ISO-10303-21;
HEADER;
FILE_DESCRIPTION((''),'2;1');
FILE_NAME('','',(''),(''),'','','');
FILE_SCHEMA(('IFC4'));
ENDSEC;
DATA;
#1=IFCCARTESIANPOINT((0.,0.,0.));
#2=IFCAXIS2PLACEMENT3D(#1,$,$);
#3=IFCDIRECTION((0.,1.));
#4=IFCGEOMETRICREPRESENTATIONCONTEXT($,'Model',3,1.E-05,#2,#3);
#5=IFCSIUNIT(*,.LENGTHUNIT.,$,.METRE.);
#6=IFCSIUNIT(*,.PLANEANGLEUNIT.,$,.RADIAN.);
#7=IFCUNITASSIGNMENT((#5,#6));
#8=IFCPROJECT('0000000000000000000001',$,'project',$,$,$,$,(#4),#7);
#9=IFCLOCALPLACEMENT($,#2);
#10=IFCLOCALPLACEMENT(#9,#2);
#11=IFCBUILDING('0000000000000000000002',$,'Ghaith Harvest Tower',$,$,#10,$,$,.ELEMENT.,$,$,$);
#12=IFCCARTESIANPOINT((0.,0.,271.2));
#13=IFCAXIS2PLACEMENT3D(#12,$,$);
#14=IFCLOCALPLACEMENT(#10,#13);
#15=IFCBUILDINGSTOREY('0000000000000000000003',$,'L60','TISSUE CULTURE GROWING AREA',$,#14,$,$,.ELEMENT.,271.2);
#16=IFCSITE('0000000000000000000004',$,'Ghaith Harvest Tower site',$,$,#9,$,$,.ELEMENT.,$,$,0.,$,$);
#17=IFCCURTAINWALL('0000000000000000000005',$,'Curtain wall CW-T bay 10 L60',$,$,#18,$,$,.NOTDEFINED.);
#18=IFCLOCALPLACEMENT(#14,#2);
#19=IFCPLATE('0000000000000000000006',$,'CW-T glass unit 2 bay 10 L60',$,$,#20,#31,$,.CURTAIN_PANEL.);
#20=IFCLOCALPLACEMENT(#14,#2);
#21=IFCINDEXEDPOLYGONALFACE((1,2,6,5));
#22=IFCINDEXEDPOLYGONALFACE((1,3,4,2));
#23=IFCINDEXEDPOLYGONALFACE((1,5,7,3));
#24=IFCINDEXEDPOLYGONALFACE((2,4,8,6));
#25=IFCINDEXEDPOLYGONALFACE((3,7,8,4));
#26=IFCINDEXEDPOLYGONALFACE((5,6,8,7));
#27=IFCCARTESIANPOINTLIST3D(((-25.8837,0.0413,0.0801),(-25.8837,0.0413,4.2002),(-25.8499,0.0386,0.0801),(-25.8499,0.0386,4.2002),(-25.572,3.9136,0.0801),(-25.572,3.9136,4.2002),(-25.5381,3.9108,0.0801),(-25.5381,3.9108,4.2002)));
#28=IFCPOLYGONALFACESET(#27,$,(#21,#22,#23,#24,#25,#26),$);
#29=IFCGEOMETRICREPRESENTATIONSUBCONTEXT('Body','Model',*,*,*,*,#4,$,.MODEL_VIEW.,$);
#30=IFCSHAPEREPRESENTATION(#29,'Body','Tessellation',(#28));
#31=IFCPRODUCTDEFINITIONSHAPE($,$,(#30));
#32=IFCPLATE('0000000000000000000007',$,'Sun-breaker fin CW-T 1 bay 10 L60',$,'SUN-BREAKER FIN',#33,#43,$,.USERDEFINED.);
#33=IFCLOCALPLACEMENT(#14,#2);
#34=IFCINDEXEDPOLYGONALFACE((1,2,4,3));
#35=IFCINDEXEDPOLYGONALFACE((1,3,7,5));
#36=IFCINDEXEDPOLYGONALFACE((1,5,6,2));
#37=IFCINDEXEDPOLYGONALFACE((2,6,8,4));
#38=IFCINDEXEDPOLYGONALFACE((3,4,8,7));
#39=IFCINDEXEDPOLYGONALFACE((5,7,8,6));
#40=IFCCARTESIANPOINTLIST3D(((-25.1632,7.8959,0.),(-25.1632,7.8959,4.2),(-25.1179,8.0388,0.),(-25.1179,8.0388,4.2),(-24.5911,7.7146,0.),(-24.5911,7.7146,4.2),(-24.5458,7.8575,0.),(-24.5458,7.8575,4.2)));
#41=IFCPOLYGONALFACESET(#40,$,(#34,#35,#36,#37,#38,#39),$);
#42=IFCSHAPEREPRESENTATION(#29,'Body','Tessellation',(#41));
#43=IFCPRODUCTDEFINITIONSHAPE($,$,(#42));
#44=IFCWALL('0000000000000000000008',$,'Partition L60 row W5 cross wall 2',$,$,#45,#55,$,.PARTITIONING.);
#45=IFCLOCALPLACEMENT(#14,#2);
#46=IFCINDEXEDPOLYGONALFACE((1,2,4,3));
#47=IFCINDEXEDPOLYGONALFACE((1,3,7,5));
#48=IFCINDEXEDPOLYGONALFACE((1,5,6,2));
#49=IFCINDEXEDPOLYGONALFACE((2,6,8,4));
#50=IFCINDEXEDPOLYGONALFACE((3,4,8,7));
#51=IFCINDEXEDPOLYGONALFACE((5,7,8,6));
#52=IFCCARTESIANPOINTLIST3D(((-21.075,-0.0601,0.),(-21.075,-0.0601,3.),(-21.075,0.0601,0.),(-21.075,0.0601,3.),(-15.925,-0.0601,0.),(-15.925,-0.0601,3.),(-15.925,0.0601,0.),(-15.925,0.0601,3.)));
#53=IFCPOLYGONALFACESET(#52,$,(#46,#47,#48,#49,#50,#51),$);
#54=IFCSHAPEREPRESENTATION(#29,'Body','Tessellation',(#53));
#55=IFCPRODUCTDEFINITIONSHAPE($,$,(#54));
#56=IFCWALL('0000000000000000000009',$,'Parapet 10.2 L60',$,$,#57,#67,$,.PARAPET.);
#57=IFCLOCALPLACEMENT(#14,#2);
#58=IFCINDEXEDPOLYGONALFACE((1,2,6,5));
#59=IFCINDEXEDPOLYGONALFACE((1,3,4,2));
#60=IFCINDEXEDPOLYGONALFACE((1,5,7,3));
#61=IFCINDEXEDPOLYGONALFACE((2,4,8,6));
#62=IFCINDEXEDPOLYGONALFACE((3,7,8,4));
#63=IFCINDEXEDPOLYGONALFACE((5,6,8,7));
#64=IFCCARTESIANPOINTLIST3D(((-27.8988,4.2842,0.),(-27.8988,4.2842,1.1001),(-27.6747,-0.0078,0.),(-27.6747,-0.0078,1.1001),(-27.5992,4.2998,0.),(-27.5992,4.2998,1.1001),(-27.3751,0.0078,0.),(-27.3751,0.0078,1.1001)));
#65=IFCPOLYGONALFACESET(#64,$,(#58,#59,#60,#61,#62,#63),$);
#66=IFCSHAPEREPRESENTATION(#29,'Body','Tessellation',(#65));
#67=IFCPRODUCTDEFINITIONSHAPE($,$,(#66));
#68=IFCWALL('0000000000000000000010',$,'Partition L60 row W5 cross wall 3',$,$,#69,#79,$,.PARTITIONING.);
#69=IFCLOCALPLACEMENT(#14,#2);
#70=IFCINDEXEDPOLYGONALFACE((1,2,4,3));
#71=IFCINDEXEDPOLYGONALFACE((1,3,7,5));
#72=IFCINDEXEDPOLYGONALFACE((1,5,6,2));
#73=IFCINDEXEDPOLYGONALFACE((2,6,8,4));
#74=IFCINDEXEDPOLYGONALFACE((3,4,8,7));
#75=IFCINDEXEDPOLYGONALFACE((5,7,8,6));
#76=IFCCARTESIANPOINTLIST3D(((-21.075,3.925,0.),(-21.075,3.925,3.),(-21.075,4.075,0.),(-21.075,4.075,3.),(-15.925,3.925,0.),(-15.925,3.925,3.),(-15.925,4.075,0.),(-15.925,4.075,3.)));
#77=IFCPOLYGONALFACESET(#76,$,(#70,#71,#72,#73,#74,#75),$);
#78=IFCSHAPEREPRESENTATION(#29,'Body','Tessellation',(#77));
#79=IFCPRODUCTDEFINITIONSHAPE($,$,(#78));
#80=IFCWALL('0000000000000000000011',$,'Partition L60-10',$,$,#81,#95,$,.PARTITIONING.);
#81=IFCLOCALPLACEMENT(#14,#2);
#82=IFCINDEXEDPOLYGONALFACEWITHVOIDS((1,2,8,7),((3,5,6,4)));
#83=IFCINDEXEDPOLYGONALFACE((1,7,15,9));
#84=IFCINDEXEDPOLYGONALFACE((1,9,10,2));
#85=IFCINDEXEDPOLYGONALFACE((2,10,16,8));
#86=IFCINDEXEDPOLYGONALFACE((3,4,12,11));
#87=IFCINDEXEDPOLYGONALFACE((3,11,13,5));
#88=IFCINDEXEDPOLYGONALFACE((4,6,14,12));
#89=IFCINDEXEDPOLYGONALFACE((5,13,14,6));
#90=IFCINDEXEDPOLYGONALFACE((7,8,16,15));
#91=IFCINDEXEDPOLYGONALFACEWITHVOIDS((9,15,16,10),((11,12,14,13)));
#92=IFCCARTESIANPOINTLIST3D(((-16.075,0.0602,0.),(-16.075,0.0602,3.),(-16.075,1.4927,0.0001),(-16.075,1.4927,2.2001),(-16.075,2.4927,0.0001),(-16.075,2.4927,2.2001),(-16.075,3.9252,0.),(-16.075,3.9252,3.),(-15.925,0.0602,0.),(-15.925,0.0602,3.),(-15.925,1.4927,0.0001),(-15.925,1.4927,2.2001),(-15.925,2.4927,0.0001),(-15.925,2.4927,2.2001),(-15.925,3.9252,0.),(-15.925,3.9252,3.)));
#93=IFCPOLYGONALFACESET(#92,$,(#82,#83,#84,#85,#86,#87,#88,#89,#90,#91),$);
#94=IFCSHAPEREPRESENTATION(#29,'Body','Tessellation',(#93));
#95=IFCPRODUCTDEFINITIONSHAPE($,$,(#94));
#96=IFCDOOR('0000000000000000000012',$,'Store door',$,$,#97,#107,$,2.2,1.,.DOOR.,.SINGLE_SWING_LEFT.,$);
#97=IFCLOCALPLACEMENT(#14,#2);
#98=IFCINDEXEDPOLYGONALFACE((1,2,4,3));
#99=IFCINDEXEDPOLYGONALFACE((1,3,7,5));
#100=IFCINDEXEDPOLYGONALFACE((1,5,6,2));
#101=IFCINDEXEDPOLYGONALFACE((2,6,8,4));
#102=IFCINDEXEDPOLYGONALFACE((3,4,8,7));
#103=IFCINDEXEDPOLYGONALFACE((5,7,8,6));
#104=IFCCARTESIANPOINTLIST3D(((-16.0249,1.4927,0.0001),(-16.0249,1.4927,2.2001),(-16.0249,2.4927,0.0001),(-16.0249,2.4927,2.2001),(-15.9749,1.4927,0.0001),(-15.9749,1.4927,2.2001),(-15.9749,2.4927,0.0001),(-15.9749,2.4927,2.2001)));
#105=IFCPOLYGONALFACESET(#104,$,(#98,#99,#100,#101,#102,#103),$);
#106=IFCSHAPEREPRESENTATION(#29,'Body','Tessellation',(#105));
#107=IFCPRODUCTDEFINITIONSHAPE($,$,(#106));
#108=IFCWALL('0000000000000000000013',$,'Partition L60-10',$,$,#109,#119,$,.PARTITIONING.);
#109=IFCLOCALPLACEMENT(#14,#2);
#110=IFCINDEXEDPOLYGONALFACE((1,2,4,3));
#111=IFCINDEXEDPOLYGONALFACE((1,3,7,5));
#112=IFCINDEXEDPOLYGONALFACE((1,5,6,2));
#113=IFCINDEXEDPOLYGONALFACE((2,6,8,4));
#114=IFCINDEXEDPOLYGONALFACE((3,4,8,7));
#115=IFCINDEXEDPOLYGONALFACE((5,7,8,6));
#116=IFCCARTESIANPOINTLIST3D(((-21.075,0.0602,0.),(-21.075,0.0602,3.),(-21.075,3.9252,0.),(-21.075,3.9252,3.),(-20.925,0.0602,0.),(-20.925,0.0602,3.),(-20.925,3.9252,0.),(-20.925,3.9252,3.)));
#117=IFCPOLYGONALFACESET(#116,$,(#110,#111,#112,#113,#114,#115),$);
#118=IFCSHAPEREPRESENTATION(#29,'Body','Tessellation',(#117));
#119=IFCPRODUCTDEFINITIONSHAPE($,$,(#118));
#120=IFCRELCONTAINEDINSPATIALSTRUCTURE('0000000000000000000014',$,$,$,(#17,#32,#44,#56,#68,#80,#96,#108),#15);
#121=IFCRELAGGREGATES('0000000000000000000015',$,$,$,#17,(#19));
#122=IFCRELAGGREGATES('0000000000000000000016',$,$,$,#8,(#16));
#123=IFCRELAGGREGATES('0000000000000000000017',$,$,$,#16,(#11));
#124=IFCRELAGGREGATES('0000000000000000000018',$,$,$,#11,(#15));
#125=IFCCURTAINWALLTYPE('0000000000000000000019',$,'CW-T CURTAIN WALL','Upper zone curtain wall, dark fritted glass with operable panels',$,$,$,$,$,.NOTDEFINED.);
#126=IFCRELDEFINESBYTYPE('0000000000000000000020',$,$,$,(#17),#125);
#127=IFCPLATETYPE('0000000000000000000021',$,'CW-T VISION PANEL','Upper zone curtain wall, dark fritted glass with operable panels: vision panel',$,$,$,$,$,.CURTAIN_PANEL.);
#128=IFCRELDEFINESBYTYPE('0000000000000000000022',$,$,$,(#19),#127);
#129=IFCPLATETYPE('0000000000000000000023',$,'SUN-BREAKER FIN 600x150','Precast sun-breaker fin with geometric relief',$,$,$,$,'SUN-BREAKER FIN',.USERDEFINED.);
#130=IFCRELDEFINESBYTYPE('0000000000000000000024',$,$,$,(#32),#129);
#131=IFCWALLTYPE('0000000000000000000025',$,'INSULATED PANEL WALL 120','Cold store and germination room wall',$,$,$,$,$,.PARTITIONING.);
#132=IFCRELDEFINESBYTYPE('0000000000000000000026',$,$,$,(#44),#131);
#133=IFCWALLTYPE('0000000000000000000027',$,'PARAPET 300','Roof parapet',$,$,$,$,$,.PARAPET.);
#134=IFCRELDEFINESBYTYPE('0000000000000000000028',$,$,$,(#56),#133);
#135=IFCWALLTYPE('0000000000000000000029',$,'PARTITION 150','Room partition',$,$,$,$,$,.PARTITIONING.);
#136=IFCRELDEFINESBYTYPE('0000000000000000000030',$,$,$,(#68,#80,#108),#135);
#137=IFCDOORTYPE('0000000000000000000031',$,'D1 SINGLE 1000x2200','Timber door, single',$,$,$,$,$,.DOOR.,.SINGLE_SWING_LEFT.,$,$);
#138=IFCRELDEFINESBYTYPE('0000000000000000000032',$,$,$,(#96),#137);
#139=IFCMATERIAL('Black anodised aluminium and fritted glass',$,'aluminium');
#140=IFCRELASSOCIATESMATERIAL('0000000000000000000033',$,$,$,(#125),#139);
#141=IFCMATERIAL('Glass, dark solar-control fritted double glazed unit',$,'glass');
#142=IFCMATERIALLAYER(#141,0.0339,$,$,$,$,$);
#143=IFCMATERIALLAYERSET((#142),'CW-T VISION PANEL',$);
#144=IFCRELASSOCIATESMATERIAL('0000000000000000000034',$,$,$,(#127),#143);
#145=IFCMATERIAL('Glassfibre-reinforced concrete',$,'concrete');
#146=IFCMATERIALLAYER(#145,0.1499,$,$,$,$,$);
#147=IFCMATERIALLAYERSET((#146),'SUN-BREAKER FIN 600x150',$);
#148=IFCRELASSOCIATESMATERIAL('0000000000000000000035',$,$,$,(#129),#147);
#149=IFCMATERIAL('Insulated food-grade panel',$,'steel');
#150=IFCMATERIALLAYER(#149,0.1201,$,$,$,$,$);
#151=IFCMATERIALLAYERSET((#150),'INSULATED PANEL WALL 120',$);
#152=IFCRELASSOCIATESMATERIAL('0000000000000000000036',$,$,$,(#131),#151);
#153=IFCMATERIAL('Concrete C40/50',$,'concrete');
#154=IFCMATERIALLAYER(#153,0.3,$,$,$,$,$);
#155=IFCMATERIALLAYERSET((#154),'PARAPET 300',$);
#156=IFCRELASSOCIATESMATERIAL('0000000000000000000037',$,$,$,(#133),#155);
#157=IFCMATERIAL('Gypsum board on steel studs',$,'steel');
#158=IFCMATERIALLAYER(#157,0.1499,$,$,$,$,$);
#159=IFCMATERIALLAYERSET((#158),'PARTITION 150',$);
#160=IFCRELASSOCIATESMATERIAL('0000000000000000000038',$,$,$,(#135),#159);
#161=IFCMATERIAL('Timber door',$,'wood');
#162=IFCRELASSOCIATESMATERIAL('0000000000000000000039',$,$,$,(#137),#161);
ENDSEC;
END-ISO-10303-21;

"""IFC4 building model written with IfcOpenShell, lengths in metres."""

from ifc_helpers import new_model, si_unit, direction, frame, frame_2d, origin, origin_2d, place, context, subcontext, project, spatial, rectangle, extrude, material, layer, layer_set, type_object, element, fill, aggregate, save


model = new_model("IFC4")

# Units and contexts
model_context = context("Model", 3, precision=1e-05, world=origin(), true_north=direction((0.0, 1.0)))
body_context = subcontext(model_context, "Body", "Model", "MODEL_VIEW")
ifc_project = project(units=[si_unit("LENGTHUNIT", "METRE"), si_unit("PLANEANGLEUNIT", "RADIAN")], contexts=[model_context])

# Site, building, storey
site_placement = place(None, origin())
site = spatial("IfcSite", under=ifc_project, at=site_placement, Name="Ghaith Harvest Tower site", CompositionType="ELEMENT", RefElevation=0.0)
building_placement = place(site_placement, origin())
building = spatial("IfcBuilding", under=site, at=building_placement, Name="Ghaith Harvest Tower", CompositionType="ELEMENT")
storey_placement = place(building_placement, frame((0.0, 0.0, 271.2)))
storey = spatial("IfcBuildingStorey", under=building, at=storey_placement, Name="L60", Description="TISSUE CULTURE GROWING AREA", CompositionType="ELEMENT", Elevation=271.2)

# Curtain wall
ifc_material_1 = material(Name="Black anodised aluminium and fritted glass", Category="aluminium")
curtain_wall_type = type_object("IfcCurtainWallType", Name="CW-T CURTAIN WALL", Description="Upper zone curtain wall, dark fritted glass with operable panels", PredefinedType="NOTDEFINED", material=ifc_material_1)
curtain_wall_1_placement = place(storey_placement, origin())
curtain_wall_1 = element("IfcCurtainWall", 1, at=curtain_wall_1_placement, inside=storey, type_object=curtain_wall_type, Name="Curtain wall CW-T bay 10 L60", PredefinedType="NOTDEFINED")

# Plates
ifc_material_2 = material(Name="Glass, dark solar-control fritted double glazed unit", Category="glass")
ifc_layer_1 = layer(ifc_material_2, 0.0339)
ifc_layer_set_1 = layer_set([ifc_layer_1], Name="CW-T VISION PANEL")
plate_type_1 = type_object("IfcPlateType", Name="CW-T VISION PANEL", Description="Upper zone curtain wall, dark fritted glass with operable panels: vision panel", PredefinedType="CURTAIN_PANEL", material=ifc_layer_set_1)
plate_1_placement = place(storey_placement, frame((-25.7109, 1.9761, 0.0801), z_axis=(0.0, 0.0, 1.0), x_axis=(-0.080258, -0.996774, 0.0)))
plate_1 = element("IfcPlate", 2, at=plate_1_placement, type_object=plate_type_1, Name="CW-T glass unit 2 bay 10 L60", PredefinedType="CURTAIN_PANEL", context=body_context, shape_type="SweptSolid", body=[
    extrude(rectangle(XDim=3.8848, YDim=0.0339, at=origin_2d()), origin(), (0.0, 0.0, 1.0), 4.1201),
])
aggregate(curtain_wall_1, [plate_1])
ifc_material_3 = material(Name="Glassfibre-reinforced concrete", Category="concrete")
ifc_layer_2 = layer(ifc_material_3, 0.1499)
ifc_layer_set_2 = layer_set([ifc_layer_2], Name="SUN-BREAKER FIN 600x150")
plate_type_2 = type_object("IfcPlateType", Name="SUN-BREAKER FIN 600x150", Description="Precast sun-breaker fin with geometric relief", ElementType="SUN-BREAKER FIN", PredefinedType="USERDEFINED", material=ifc_layer_set_2)
plate_2_placement = place(storey_placement, frame((-24.8545, 7.8767, 0.0), z_axis=(0.0, 0.0, 1.0), x_axis=(-0.953273, 0.30211, 0.0)))
element("IfcPlate", 3, at=plate_2_placement, inside=storey, type_object=plate_type_2, Name="Sun-breaker fin CW-T 1 bay 10 L60", ObjectType="SUN-BREAKER FIN", PredefinedType="USERDEFINED", context=body_context, shape_type="SweptSolid", body=[
    extrude(rectangle(XDim=0.6001, YDim=0.1499, at=origin_2d()), origin(), (0.0, 0.0, 1.0), 4.2),
])

# Walls
ifc_material_4 = material(Name="Insulated food-grade panel", Category="steel")
ifc_layer_3 = layer(ifc_material_4, 0.1201)
ifc_layer_set_3 = layer_set([ifc_layer_3], Name="INSULATED PANEL WALL 120")
wall_type_1 = type_object("IfcWallType", Name="INSULATED PANEL WALL 120", Description="Cold store and germination room wall", PredefinedType="PARTITIONING", material=ifc_layer_set_3)
wall_1_placement = place(storey_placement, frame((-15.925, 0.0, 0.0), z_axis=(0.0, 0.0, 1.0), x_axis=(-1.0, 0.0, 0.0)))
element("IfcWall", 4, at=wall_1_placement, inside=storey, type_object=wall_type_1, Name="Partition L60 row W5 cross wall 2", PredefinedType="PARTITIONING", context=body_context, shape_type="SweptSolid", body=[
    extrude(rectangle(XDim=5.1499, YDim=0.1201, at=frame_2d((2.575, 0.0))), origin(), (0.0, 0.0, 1.0), 3.0),
])
ifc_material_5 = material(Name="Concrete C40/50", Category="concrete")
ifc_layer_4 = layer(ifc_material_5, 0.3)
ifc_layer_set_4 = layer_set([ifc_layer_4], Name="PARAPET 300")
wall_type_2 = type_object("IfcWallType", Name="PARAPET 300", Description="Roof parapet", PredefinedType="PARAPET", material=ifc_layer_set_4)
wall_2_placement = place(storey_placement, frame((-27.749, 4.292, 0.0), z_axis=(0.0, 0.0, 1.0), x_axis=(0.052147, -0.998639, 0.0)))
element("IfcWall", 5, at=wall_2_placement, inside=storey, type_object=wall_type_2, Name="Parapet 10.2 L60", PredefinedType="PARAPET", context=body_context, shape_type="SweptSolid", body=[
    extrude(rectangle(XDim=4.2979, YDim=0.3, at=frame_2d((2.1489, 0.0))), origin(), (0.0, 0.0, 1.0), 1.1001),
])
ifc_material_6 = material(Name="Gypsum board on steel studs", Category="steel")
ifc_layer_5 = layer(ifc_material_6, 0.1499)
ifc_layer_set_5 = layer_set([ifc_layer_5], Name="PARTITION 150")
wall_type_3 = type_object("IfcWallType", Name="PARTITION 150", Description="Room partition", PredefinedType="PARTITIONING", material=ifc_layer_set_5)
wall_3_placement = place(storey_placement, frame((-15.925, 4.0, 0.0), z_axis=(0.0, 0.0, 1.0), x_axis=(-1.0, 0.0, 0.0)))
element("IfcWall", 6, at=wall_3_placement, inside=storey, type_object=wall_type_3, Name="Partition L60 row W5 cross wall 3", PredefinedType="PARTITIONING", context=body_context, shape_type="SweptSolid", body=[
    extrude(rectangle(XDim=5.1499, YDim=0.1499, at=frame_2d((2.575, 0.0))), origin(), (0.0, 0.0, 1.0), 3.0),
])

# Wall, opening, door
wall_4_placement = place(storey_placement, frame((-16.0, 0.0601, 0.0), z_axis=(0.0, 0.0, 1.0), x_axis=(0.0, 1.0, 0.0)))
wall_4 = element("IfcWall", 7, at=wall_4_placement, inside=storey, type_object=wall_type_3, Name="Partition L60-10", PredefinedType="PARTITIONING", context=body_context, shape_type="SweptSolid", body=[
    extrude(rectangle(XDim=3.865, YDim=0.1499, at=frame_2d((1.9326, 0.0))), origin(), (0.0, 0.0, 1.0), 3.0),
])
opening_placement = place(wall_4_placement, frame((1.4326, 0.0, 0.0)))
opening = element("IfcOpeningElement", 8, at=opening_placement, cuts=wall_4, PredefinedType="OPENING", context=body_context, shape_type="SweptSolid", body=[
    extrude(rectangle(XDim=1.0, YDim=2.2, at=frame_2d((0.5, 1.1001))), frame((0.0, 0.085, 0.0), z_axis=(0.0, -1.0, 0.0), x_axis=(1.0, 0.0, 0.0)), (0.0, 0.0, 1.0), 0.1699),
])
ifc_material_7 = material(Name="Timber door", Category="wood")
door_type = type_object("IfcDoorType", Name="D1 SINGLE 1000x2200", Description="Timber door, single", OperationType="SINGLE_SWING_LEFT", PredefinedType="DOOR", material=ifc_material_7)
door_placement = place(opening_placement, origin())
door = element("IfcDoor", 9, at=door_placement, inside=storey, type_object=door_type, Name="Store door", OperationType="SINGLE_SWING_LEFT", OverallHeight=2.2, OverallWidth=1.0, PredefinedType="DOOR", context=body_context, shape_type="SweptSolid", body=[
    extrude(rectangle(XDim=1.0, YDim=2.2, at=frame_2d((0.5, 1.1001))), frame((0.0, 0.0249, 0.0), z_axis=(0.0, -1.0, 0.0), x_axis=(1.0, 0.0, 0.0)), (0.0, 0.0, 1.0), 0.05),
])
fill(opening, door)

# Wall
wall_5_placement = place(storey_placement, frame((-21.0, 0.0601, 0.0), z_axis=(0.0, 0.0, 1.0), x_axis=(0.0, 1.0, 0.0)))
element("IfcWall", 10, at=wall_5_placement, inside=storey, type_object=wall_type_3, Name="Partition L60-10", PredefinedType="PARTITIONING", context=body_context, shape_type="SweptSolid", body=[
    extrude(rectangle(XDim=3.865, YDim=0.1499, at=frame_2d((1.9326, 0.0))), origin(), (0.0, 0.0, 1.0), 3.0),
])

save(model, "model.ifc")
